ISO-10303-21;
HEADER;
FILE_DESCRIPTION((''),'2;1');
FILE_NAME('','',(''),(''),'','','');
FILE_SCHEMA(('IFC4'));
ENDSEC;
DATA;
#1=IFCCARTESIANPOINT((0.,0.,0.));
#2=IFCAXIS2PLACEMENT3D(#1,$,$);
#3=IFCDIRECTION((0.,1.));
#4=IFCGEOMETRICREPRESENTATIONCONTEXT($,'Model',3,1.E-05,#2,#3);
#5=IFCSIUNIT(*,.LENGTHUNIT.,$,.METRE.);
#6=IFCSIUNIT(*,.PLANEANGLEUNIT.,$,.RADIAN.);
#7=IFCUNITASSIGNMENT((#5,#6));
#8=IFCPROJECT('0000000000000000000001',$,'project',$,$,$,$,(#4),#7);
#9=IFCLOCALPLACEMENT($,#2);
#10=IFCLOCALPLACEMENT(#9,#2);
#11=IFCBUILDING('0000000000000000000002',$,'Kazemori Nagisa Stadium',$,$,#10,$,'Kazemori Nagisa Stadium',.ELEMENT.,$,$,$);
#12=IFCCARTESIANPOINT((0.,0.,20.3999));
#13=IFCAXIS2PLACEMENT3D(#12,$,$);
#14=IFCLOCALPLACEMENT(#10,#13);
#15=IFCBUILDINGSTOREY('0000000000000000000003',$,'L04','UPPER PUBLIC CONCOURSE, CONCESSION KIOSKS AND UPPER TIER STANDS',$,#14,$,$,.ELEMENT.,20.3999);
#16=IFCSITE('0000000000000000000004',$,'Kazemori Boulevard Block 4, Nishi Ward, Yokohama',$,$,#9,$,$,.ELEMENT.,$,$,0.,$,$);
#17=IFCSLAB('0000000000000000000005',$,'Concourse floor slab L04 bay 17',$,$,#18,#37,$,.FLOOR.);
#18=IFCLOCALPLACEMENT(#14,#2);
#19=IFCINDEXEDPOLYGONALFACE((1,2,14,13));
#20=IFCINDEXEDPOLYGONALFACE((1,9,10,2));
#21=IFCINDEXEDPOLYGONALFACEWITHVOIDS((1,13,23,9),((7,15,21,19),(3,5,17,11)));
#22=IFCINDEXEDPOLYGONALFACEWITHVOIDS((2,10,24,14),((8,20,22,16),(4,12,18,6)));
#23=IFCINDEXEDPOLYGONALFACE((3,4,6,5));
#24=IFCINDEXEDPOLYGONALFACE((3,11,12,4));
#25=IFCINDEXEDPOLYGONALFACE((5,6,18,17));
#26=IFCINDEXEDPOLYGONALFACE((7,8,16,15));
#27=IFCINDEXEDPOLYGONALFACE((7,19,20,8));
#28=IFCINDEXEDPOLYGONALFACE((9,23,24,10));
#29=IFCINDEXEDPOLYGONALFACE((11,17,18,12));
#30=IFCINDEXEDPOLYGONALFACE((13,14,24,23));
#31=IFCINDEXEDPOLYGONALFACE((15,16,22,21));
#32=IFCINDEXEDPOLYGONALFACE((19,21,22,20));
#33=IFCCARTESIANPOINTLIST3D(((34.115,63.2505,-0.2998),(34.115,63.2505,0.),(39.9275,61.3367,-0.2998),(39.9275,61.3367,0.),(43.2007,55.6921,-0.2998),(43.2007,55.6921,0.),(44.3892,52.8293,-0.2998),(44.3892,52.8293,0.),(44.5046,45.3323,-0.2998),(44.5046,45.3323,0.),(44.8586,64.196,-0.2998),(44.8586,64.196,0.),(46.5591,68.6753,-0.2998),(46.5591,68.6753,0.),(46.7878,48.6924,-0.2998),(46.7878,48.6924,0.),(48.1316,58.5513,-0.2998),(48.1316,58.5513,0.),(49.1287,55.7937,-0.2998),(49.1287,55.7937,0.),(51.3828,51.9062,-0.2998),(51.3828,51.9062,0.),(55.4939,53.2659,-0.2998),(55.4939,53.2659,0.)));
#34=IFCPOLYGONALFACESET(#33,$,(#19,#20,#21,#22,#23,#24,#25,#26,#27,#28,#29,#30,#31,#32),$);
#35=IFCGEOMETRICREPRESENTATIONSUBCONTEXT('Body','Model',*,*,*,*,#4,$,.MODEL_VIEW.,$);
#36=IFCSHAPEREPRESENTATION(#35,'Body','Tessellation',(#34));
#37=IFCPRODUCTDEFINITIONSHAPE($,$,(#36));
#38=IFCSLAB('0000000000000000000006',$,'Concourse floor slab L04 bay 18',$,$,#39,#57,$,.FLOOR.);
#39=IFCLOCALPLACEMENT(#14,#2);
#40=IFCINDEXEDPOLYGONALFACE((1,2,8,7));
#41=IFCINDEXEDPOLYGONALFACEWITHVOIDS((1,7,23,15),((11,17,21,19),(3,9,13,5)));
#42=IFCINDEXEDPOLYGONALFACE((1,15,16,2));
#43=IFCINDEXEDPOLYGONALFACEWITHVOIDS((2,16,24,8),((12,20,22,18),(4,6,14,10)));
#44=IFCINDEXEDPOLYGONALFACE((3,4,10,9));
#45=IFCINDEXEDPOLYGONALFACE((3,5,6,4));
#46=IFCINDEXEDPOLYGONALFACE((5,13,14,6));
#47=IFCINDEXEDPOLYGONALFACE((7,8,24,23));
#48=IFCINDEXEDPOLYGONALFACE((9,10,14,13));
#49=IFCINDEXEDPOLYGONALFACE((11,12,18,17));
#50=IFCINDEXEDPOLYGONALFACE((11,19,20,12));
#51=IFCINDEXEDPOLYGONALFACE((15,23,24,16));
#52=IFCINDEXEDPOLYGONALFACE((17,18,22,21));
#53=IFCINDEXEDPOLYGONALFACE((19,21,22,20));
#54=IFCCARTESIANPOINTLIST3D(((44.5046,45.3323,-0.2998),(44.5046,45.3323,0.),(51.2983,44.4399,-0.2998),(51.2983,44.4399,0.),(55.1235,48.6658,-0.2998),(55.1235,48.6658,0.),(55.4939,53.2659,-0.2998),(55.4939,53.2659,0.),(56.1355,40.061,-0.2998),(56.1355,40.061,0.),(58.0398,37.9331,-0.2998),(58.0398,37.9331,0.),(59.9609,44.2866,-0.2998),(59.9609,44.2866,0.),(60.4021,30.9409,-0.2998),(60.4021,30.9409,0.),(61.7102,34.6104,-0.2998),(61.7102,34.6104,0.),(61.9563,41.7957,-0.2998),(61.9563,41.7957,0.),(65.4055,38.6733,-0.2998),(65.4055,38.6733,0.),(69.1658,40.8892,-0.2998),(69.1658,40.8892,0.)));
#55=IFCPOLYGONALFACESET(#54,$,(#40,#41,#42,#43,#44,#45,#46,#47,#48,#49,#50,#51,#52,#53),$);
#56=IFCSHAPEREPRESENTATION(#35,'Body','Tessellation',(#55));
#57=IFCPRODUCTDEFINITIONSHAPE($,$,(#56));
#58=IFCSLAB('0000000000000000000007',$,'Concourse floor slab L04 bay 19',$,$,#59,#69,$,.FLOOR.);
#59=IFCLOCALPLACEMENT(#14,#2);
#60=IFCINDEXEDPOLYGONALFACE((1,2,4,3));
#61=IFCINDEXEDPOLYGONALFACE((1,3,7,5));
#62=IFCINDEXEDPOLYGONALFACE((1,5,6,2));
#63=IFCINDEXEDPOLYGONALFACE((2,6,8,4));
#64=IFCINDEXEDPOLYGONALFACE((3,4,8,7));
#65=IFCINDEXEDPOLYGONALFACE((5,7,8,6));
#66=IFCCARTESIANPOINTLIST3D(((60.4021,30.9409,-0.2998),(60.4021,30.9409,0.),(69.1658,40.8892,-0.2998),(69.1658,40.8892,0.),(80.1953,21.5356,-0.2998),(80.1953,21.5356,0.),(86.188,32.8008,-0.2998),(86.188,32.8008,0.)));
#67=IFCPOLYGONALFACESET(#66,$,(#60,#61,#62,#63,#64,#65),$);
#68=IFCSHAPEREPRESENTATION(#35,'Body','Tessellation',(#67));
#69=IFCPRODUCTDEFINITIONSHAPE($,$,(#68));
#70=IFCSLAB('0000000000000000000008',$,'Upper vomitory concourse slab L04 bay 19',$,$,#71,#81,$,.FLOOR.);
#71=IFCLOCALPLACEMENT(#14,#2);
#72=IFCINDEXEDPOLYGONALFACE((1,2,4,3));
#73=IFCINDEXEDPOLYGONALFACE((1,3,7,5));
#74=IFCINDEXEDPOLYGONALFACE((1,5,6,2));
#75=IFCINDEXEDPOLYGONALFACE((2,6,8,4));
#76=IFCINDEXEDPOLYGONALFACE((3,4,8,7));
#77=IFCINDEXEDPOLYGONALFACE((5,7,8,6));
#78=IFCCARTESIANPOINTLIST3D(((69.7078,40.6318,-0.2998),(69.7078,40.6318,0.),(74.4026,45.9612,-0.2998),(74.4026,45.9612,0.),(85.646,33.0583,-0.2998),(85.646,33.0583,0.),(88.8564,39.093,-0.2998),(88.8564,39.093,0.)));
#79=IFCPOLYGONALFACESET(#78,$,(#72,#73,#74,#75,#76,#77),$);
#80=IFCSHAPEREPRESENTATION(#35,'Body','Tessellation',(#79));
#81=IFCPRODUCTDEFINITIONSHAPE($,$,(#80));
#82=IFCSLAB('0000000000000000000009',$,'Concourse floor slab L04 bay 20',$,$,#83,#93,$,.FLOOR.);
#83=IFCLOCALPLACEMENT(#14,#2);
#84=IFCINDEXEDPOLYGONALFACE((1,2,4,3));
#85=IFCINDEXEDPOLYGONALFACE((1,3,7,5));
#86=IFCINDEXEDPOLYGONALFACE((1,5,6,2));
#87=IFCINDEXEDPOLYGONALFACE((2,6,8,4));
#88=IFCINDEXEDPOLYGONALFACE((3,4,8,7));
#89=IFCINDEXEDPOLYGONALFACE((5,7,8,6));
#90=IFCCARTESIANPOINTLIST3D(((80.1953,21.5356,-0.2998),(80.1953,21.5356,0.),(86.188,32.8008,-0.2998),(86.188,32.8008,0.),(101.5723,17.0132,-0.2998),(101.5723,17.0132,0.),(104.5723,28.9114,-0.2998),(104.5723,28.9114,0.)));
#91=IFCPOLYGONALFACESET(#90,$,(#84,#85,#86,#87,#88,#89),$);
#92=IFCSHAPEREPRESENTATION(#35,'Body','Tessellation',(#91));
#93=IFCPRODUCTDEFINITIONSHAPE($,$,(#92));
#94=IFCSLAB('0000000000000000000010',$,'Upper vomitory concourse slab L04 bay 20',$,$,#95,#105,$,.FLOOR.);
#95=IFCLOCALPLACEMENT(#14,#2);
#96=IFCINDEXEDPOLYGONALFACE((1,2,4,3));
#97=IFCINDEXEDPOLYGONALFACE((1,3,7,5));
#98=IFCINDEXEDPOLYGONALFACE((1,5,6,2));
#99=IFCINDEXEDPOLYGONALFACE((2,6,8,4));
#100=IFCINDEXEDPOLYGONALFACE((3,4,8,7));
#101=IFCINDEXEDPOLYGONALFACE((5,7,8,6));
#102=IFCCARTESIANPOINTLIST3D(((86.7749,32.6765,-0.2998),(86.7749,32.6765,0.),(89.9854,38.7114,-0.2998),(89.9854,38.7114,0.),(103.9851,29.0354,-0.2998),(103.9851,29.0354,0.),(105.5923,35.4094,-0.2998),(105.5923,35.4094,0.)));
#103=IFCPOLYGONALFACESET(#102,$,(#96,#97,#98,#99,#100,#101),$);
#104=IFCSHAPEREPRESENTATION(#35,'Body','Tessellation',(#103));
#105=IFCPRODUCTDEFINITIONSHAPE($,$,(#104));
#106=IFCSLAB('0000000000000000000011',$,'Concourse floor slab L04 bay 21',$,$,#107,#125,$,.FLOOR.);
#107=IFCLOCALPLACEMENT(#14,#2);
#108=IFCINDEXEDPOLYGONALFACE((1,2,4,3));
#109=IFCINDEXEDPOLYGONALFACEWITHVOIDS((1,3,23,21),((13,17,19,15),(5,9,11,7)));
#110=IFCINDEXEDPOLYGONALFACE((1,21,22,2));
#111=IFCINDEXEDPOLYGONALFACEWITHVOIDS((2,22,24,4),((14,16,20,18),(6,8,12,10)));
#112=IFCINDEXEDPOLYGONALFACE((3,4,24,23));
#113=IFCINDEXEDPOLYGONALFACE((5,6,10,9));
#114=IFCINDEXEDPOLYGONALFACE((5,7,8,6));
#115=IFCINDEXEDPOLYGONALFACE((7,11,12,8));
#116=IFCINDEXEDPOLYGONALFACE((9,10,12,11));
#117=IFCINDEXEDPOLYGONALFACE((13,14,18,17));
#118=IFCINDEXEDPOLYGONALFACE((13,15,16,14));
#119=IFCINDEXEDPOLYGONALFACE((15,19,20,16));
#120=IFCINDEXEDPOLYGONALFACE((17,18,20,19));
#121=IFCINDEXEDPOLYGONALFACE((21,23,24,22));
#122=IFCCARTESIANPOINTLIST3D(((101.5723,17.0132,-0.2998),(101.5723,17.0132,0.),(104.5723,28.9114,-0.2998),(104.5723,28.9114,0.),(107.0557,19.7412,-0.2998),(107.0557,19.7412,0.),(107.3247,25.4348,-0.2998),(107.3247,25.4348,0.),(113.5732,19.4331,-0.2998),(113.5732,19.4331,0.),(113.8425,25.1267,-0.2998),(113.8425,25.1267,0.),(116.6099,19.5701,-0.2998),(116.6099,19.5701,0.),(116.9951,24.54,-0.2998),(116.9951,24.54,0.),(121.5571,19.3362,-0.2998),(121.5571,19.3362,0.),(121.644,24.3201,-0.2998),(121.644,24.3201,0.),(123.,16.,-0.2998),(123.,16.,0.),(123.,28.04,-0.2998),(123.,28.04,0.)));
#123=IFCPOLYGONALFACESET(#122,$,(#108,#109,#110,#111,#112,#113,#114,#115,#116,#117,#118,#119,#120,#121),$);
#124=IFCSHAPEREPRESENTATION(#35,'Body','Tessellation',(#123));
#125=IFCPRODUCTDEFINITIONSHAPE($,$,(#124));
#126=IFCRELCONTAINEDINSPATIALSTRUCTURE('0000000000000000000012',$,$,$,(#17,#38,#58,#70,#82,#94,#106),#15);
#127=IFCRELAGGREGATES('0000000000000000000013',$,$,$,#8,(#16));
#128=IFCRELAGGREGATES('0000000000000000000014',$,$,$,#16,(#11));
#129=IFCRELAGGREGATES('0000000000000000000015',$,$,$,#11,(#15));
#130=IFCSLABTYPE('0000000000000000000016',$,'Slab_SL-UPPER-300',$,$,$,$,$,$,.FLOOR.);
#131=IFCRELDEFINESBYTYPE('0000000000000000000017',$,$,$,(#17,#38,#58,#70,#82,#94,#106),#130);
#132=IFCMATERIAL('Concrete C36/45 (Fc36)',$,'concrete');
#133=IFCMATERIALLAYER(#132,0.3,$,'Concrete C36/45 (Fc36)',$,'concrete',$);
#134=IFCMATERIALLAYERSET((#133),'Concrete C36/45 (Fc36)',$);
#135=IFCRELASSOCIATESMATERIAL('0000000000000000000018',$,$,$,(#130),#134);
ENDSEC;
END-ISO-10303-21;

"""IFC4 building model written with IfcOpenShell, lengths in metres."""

from ifc_helpers import new_model, si_unit, direction, frame, origin, place, context, subcontext, project, spatial, polyline, outline, extrude, material, layer, layer_set, type_object, element, save


model = new_model("IFC4")

# Units and contexts
model_context = context("Model", 3, precision=1e-05, world=origin(), true_north=direction((0.0, 1.0)))
body_context = subcontext(model_context, "Body", "Model", "MODEL_VIEW")
ifc_project = project(units=[si_unit("LENGTHUNIT", "METRE"), si_unit("PLANEANGLEUNIT", "RADIAN")], contexts=[model_context])

# Site, building, storey
site_placement = place(None, origin())
site = spatial("IfcSite", under=ifc_project, at=site_placement, Name="Kazemori Boulevard Block 4, Nishi Ward, Yokohama", CompositionType="ELEMENT", RefElevation=0.0)
building_placement = place(site_placement, origin())
building = spatial("IfcBuilding", under=site, at=building_placement, Name="Kazemori Nagisa Stadium", LongName="Kazemori Nagisa Stadium", CompositionType="ELEMENT")
storey_placement = place(building_placement, frame((0.0, 0.0, 20.3999)))
storey = spatial("IfcBuildingStorey", under=building, at=storey_placement, Name="L04", Description="UPPER PUBLIC CONCOURSE, CONCESSION KIOSKS AND UPPER TIER STANDS", CompositionType="ELEMENT", Elevation=20.3999)

# Slabs
ifc_material = material(Name="Concrete C36/45 (Fc36)", Category="concrete")
ifc_layer_1 = layer(ifc_material, 0.3, Name="Concrete C36/45 (Fc36)", Category="concrete")
ifc_layer_set_1 = layer_set([ifc_layer_1], Name="Concrete C36/45 (Fc36)")
slab_type_1 = type_object("IfcSlabType", Name="Slab_SL-UPPER-300", PredefinedType="FLOOR", material=ifc_layer_set_1)
slab_1_placement = place(storey_placement, frame((0.0, 0.0, -0.2998)))
element("IfcSlab", 1, at=slab_1_placement, inside=storey, type_object=slab_type_1, Name="Concourse floor slab L04 bay 17", PredefinedType="FLOOR", context=body_context, shape_type="SweptSolid", body=[
    extrude(outline(polyline([(46.5591, 68.6753), (55.4939, 53.2659), (44.5046, 45.3323), (34.115, 63.2505), (46.5591, 68.6753)]), holes=[polyline([(44.8586, 64.196), (48.1316, 58.5513), (43.2007, 55.6921), (39.9275, 61.3367), (44.8586, 64.196)]), polyline([(49.1287, 55.7937), (51.3828, 51.9062), (46.7878, 48.6924), (44.3892, 52.8293), (49.1287, 55.7937)])]), origin(), (0.0, 0.0, 1.0), 0.2998),
])
slab_2_placement = place(storey_placement, frame((0.0, 0.0, -0.2998)))
element("IfcSlab", 2, at=slab_2_placement, inside=storey, type_object=slab_type_1, Name="Concourse floor slab L04 bay 18", PredefinedType="FLOOR", context=body_context, shape_type="SweptSolid", body=[
    extrude(outline(polyline([(55.4939, 53.2659), (69.1658, 40.8892), (60.4021, 30.9409), (44.5046, 45.3323), (55.4939, 53.2659)]), holes=[polyline([(55.1235, 48.6658), (59.9609, 44.2866), (56.1355, 40.061), (51.2983, 44.4399), (55.1235, 48.6658)]), polyline([(61.9563, 41.7957), (65.4055, 38.6733), (61.7102, 34.6104), (58.0398, 37.9331), (61.9563, 41.7957)])]), origin(), (0.0, 0.0, 1.0), 0.2998),
])
slab_3_placement = place(storey_placement, frame((0.0, 0.0, -0.2998)))
element("IfcSlab", 3, at=slab_3_placement, inside=storey, type_object=slab_type_1, Name="Concourse floor slab L04 bay 19", PredefinedType="FLOOR", context=body_context, shape_type="SweptSolid", body=[
    extrude(outline(polyline([(69.1658, 40.8892), (86.188, 32.8008), (80.1953, 21.5356), (60.4021, 30.9409), (69.1658, 40.8892)])), origin(), (0.0, 0.0, 1.0), 0.2998),
])
slab_4_placement = place(storey_placement, frame((0.0, 0.0, -0.2998)))
element("IfcSlab", 4, at=slab_4_placement, inside=storey, type_object=slab_type_1, Name="Upper vomitory concourse slab L04 bay 19", PredefinedType="FLOOR", context=body_context, shape_type="SweptSolid", body=[
    extrude(outline(polyline([(74.4026, 45.9612), (88.8564, 39.093), (85.646, 33.0583), (69.7078, 40.6318), (74.4026, 45.9612)])), origin(), (0.0, 0.0, 1.0), 0.2998),
])
slab_5_placement = place(storey_placement, frame((0.0, 0.0, -0.2998)))
element("IfcSlab", 5, at=slab_5_placement, inside=storey, type_object=slab_type_1, Name="Concourse floor slab L04 bay 20", PredefinedType="FLOOR", context=body_context, shape_type="SweptSolid", body=[
    extrude(outline(polyline([(86.188, 32.8008), (104.5723, 28.9114), (101.5723, 17.0132), (80.1953, 21.5356), (86.188, 32.8008)])), origin(), (0.0, 0.0, 1.0), 0.2998),
])
slab_6_placement = place(storey_placement, frame((0.0, 0.0, -0.2998)))
element("IfcSlab", 6, at=slab_6_placement, inside=storey, type_object=slab_type_1, Name="Upper vomitory concourse slab L04 bay 20", PredefinedType="FLOOR", context=body_context, shape_type="SweptSolid", body=[
    extrude(outline(polyline([(89.9854, 38.7114), (105.5923, 35.4094), (103.9851, 29.0354), (86.7749, 32.6765), (89.9854, 38.7114)])), origin(), (0.0, 0.0, 1.0), 0.2998),
])
slab_7_placement = place(storey_placement, frame((0.0, 0.0, -0.2998)))
element("IfcSlab", 7, at=slab_7_placement, inside=storey, type_object=slab_type_1, Name="Concourse floor slab L04 bay 21", PredefinedType="FLOOR", context=body_context, shape_type="SweptSolid", body=[
    extrude(outline(polyline([(104.5723, 28.9114), (123.0, 28.04), (123.0, 16.0), (101.5723, 17.0132), (104.5723, 28.9114)]), holes=[polyline([(107.3247, 25.4348), (113.8425, 25.1267), (113.5732, 19.4331), (107.0557, 19.7412), (107.3247, 25.4348)]), polyline([(116.9951, 24.54), (121.644, 24.3201), (121.5571, 19.3362), (116.6099, 19.5701), (116.9951, 24.54)])]), origin(), (0.0, 0.0, 1.0), 0.2998),
])

save(model, "model.ifc")
